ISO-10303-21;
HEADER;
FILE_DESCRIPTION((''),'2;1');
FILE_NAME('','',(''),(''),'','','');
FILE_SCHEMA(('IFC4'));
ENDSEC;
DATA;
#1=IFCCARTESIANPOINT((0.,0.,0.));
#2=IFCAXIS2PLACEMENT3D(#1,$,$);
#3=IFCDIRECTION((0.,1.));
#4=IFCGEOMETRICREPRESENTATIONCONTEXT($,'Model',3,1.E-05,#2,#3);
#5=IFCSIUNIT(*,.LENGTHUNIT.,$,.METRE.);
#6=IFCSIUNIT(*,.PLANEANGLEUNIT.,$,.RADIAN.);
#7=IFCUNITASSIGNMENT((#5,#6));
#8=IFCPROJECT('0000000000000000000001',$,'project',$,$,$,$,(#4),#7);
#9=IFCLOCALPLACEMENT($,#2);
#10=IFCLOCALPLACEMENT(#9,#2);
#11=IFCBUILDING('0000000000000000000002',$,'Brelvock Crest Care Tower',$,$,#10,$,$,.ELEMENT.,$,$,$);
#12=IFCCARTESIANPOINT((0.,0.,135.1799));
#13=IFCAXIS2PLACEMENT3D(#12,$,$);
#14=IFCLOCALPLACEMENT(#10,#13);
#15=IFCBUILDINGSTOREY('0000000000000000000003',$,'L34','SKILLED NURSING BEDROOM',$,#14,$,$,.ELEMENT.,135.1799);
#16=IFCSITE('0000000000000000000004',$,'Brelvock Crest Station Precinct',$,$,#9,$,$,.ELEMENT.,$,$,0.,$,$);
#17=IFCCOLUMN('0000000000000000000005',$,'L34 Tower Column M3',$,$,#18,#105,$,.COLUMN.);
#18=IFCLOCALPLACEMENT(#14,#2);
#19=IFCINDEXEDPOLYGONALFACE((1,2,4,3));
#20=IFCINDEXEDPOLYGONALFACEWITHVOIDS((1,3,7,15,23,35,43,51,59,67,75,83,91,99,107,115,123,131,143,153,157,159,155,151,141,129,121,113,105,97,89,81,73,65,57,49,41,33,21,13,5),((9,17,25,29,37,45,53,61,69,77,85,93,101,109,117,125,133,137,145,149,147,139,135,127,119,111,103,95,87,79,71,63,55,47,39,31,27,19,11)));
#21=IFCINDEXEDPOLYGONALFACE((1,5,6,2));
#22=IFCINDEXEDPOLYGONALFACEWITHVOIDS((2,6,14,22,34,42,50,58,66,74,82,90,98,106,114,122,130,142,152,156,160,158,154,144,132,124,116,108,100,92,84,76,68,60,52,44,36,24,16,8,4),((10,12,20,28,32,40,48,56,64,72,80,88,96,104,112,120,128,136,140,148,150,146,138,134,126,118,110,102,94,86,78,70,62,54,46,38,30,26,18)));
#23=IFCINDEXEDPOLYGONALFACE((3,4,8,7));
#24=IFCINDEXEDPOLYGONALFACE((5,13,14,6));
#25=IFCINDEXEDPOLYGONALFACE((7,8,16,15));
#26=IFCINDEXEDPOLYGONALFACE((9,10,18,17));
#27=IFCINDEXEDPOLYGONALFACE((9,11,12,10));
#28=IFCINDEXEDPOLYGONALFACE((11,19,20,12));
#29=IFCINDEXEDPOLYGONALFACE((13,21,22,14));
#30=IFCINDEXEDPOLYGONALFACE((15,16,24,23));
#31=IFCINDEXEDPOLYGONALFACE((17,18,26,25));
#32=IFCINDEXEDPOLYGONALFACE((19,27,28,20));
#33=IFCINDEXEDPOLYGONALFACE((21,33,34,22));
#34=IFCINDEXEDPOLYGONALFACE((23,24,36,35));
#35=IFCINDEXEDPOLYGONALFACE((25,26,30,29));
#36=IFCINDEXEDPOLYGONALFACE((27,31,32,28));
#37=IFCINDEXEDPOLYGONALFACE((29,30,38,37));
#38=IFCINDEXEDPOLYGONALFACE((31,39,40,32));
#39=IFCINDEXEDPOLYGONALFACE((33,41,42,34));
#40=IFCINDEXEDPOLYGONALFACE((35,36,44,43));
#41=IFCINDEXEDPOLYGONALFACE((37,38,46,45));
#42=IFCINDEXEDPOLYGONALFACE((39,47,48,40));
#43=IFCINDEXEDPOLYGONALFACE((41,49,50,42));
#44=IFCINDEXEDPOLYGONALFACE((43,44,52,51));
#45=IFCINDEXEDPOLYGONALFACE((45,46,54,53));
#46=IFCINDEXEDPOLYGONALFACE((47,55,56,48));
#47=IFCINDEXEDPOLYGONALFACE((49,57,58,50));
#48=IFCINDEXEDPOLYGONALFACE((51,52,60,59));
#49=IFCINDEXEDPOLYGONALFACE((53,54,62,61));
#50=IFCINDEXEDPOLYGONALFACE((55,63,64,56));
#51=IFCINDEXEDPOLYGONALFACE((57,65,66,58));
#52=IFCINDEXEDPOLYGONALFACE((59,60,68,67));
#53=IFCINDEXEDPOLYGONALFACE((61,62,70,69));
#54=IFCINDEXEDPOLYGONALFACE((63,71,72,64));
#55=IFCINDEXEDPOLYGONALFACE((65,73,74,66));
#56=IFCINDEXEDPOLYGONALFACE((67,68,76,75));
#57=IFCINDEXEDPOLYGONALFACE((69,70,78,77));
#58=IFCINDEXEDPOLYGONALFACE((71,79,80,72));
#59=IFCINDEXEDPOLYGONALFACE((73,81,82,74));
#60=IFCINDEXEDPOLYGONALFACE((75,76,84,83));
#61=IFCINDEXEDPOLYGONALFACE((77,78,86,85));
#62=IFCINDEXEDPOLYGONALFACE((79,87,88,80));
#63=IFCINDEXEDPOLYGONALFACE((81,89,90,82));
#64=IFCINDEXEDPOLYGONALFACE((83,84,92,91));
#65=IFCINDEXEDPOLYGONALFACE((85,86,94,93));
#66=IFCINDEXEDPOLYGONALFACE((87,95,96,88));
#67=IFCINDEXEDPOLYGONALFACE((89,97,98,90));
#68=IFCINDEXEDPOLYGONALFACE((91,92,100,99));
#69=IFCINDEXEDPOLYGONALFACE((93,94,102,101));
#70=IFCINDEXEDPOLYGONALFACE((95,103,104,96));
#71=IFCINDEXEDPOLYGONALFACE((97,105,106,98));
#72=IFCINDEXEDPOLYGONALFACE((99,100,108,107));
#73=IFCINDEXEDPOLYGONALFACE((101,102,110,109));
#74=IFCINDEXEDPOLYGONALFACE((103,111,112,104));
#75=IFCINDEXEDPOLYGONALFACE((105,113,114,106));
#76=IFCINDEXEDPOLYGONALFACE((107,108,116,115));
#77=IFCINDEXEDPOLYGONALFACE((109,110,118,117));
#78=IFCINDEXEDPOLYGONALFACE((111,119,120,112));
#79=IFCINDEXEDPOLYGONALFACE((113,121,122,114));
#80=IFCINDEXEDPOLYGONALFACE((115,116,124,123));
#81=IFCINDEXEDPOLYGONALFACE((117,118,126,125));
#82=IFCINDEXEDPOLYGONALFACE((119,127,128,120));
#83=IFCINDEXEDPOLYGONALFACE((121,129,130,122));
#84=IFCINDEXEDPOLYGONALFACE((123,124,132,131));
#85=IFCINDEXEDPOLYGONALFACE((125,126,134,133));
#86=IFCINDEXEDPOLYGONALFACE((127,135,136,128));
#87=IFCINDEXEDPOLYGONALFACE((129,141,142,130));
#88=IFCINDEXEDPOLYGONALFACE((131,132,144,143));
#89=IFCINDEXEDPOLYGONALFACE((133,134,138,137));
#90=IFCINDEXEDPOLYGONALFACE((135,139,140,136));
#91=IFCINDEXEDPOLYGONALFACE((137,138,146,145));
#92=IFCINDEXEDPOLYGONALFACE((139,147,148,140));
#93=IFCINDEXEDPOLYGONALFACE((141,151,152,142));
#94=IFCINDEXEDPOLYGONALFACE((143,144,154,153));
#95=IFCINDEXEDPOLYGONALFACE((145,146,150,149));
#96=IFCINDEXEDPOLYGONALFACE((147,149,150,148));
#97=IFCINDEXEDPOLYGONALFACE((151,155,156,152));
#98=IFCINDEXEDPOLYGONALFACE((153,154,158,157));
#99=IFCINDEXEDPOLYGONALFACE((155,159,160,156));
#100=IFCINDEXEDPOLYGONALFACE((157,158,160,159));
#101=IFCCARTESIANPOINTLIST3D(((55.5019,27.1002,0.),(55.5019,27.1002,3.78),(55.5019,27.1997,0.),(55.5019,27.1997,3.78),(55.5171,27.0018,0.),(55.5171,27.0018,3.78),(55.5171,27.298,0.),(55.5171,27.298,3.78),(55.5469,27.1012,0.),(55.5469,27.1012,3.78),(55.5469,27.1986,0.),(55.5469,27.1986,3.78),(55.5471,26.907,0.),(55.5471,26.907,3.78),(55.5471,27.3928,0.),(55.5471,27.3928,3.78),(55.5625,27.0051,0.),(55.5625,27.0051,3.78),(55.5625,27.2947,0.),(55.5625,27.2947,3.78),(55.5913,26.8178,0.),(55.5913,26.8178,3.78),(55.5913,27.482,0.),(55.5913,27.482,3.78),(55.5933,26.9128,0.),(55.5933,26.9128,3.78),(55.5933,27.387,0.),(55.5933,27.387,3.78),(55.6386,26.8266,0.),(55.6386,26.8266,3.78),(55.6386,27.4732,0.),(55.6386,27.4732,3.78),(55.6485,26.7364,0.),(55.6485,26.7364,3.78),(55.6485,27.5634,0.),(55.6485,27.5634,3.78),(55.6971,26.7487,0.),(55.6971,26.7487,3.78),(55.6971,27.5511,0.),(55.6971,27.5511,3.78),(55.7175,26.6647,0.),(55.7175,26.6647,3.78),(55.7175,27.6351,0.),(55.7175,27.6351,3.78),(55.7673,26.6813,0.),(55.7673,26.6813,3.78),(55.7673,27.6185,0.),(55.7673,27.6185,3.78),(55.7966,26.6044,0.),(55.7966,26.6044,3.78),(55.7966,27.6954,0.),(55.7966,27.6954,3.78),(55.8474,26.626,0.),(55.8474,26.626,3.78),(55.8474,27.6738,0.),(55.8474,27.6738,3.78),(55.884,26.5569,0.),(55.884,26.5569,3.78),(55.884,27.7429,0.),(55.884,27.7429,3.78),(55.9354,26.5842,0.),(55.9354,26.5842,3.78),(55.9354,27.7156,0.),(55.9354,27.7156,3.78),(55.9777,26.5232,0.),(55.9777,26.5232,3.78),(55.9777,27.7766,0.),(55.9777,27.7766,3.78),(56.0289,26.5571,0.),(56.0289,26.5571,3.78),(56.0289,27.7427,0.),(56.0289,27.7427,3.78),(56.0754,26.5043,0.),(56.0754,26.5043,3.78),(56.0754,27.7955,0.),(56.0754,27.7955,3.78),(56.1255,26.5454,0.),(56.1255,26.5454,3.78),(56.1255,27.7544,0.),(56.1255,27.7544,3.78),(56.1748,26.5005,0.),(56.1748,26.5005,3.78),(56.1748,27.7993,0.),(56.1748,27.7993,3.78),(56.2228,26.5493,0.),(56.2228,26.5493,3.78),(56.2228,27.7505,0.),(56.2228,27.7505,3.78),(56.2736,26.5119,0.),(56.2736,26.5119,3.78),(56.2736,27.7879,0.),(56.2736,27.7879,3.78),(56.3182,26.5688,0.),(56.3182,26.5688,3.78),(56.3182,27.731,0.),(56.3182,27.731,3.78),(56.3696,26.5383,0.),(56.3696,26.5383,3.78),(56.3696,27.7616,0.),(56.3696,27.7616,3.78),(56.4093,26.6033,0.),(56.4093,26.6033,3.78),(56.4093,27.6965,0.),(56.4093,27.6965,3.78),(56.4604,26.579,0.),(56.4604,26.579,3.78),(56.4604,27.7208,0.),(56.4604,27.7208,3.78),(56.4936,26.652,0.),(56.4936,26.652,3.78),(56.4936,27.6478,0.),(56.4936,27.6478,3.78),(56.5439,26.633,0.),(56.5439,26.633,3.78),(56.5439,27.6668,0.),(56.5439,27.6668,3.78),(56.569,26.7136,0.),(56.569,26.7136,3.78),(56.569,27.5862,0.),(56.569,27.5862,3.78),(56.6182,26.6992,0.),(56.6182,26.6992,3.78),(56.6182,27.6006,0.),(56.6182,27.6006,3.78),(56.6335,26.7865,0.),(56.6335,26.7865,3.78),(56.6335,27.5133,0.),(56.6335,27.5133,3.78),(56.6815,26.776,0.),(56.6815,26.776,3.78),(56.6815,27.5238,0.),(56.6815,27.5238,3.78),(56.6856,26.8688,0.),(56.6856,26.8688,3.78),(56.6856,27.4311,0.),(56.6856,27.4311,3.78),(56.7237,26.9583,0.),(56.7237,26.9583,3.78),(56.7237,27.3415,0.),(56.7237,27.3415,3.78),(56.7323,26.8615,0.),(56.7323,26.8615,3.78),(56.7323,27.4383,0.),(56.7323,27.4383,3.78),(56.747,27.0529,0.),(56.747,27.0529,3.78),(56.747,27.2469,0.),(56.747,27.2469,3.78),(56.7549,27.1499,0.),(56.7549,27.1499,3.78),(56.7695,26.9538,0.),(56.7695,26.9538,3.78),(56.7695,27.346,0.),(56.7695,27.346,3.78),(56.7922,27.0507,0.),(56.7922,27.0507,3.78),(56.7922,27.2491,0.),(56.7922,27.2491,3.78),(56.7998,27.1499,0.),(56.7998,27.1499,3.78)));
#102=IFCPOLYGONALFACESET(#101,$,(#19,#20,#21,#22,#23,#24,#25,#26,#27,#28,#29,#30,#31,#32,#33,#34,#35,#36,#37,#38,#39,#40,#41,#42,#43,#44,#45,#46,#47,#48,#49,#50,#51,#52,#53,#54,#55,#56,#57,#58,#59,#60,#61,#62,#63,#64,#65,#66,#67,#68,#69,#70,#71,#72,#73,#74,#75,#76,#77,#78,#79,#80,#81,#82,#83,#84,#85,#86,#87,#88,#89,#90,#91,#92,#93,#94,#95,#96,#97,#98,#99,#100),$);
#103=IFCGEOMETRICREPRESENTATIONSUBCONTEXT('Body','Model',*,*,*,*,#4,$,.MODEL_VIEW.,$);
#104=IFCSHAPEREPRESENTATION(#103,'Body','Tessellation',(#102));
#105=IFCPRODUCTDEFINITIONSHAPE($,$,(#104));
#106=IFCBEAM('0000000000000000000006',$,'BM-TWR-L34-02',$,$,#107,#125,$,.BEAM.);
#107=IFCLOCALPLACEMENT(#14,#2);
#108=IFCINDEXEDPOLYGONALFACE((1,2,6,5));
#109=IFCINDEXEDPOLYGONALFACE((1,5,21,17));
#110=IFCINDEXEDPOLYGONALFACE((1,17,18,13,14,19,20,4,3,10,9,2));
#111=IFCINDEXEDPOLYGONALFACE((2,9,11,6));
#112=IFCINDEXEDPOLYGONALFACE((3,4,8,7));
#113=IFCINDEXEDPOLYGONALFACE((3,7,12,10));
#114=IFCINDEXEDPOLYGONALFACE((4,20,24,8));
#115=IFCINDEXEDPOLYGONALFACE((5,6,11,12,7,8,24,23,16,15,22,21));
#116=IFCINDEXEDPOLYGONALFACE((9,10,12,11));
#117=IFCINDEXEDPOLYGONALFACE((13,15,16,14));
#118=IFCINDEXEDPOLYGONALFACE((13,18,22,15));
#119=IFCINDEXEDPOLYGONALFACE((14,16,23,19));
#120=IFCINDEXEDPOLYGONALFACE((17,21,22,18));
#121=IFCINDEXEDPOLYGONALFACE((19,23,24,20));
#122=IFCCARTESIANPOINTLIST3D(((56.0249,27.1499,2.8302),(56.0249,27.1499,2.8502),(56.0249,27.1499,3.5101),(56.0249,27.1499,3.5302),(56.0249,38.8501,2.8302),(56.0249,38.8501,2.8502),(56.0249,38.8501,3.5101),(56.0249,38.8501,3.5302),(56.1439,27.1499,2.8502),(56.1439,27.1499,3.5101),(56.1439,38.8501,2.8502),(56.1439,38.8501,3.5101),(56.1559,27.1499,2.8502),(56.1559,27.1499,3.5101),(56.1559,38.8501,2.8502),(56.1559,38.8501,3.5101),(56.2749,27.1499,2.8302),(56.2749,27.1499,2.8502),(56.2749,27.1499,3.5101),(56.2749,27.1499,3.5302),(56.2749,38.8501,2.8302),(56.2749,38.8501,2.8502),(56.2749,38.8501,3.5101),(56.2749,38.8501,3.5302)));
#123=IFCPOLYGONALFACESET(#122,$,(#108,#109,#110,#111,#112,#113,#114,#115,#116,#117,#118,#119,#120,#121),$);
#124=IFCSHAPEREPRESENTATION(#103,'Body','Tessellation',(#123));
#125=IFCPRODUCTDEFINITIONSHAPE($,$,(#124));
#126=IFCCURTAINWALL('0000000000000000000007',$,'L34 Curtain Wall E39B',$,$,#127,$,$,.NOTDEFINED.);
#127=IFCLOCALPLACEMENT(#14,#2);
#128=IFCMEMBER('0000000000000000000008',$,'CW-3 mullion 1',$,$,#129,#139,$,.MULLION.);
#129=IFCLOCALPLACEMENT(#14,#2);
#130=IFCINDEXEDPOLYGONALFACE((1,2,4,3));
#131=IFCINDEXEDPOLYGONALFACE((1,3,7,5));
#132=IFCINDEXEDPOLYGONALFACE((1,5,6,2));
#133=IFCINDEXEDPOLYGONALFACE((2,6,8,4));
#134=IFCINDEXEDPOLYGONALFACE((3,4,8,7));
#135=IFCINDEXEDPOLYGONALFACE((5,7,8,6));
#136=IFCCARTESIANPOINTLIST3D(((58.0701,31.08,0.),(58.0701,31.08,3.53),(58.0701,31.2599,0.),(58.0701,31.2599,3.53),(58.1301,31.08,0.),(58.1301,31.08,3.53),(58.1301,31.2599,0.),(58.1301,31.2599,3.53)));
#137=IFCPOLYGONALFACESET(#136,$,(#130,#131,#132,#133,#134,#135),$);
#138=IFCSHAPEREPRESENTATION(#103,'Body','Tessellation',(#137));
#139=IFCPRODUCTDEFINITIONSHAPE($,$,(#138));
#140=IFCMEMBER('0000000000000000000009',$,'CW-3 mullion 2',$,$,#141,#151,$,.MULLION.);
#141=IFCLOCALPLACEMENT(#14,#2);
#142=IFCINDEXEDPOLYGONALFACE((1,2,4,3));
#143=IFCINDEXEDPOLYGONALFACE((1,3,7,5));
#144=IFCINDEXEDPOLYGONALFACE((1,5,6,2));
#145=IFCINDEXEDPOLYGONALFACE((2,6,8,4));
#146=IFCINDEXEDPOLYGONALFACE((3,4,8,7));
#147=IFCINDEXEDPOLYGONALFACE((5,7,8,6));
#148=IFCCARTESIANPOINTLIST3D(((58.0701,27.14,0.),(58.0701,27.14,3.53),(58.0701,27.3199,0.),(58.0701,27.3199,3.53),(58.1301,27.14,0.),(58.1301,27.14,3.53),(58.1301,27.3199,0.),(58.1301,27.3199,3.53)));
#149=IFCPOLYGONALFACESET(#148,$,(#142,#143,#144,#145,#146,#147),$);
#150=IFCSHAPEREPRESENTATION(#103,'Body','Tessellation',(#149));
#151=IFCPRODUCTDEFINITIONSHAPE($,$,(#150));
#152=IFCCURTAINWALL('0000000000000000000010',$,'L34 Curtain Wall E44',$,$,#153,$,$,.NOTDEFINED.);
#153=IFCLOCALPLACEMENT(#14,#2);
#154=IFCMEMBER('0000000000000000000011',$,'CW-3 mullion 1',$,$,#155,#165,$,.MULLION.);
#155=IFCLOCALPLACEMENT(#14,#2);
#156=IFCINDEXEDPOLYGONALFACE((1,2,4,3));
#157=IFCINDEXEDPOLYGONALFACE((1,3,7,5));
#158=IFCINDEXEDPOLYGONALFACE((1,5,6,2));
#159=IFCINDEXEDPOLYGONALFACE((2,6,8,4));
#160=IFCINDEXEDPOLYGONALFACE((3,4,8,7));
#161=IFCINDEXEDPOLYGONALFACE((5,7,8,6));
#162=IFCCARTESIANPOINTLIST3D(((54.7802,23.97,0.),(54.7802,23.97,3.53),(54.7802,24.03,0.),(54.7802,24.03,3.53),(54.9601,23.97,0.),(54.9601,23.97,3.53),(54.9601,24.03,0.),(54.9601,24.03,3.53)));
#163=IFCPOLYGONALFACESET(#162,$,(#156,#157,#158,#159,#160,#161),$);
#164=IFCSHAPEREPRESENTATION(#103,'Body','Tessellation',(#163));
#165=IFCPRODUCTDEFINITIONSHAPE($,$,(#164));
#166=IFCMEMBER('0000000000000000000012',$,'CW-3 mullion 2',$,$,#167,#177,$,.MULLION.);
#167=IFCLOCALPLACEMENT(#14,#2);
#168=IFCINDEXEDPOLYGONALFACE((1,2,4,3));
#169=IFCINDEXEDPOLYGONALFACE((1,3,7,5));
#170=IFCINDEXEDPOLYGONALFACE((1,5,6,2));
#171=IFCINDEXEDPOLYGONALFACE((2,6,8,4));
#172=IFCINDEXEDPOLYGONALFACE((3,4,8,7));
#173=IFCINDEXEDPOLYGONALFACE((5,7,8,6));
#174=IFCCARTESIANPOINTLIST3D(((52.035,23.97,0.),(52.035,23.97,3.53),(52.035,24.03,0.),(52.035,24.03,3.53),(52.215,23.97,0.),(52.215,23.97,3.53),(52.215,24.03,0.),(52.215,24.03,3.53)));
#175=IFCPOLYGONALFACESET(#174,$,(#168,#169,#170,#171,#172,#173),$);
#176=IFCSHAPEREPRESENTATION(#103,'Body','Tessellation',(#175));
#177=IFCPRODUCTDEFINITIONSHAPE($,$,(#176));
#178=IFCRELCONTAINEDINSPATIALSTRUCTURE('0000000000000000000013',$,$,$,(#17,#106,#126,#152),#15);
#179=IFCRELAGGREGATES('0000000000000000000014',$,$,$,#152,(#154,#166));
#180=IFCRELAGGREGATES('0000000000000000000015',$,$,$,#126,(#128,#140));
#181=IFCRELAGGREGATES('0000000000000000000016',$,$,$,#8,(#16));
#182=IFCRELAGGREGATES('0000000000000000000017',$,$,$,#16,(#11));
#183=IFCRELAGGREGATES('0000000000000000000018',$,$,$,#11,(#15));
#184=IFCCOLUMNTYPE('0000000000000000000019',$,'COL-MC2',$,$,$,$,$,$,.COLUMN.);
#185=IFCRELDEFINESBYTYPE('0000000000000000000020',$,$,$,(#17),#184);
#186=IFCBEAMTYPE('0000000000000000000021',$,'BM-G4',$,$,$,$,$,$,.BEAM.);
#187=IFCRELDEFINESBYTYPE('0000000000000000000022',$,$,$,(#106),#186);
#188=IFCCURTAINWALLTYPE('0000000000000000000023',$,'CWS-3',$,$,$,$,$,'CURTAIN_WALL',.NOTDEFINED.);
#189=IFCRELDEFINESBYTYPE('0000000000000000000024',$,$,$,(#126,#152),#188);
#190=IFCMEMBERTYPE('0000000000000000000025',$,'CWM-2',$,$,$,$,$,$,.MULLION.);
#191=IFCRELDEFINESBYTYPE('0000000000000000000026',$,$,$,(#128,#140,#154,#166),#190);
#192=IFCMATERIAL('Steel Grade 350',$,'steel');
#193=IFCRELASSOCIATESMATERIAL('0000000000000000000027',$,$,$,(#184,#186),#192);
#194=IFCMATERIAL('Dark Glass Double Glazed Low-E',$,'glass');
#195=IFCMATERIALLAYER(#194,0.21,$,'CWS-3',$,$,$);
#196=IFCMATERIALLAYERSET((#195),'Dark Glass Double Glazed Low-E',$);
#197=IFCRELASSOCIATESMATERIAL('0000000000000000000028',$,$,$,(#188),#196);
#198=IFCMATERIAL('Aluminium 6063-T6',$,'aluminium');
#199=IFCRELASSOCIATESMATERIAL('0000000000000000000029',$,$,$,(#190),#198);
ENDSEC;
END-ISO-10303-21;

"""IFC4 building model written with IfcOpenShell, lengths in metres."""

from ifc_helpers import new_model, si_unit, direction, frame, origin, origin_2d, place, context, subcontext, project, spatial, rectangle, hollow_circle, i_section, extrude, source, transform, mapped, material, layer, layer_set, material_profile, profile_set, type_object, element, aggregate, save


model = new_model("IFC4")

# Units and contexts
model_context = context("Model", 3, precision=1e-05, world=origin(), true_north=direction((0.0, 1.0)))
body_context = subcontext(model_context, "Body", "Model", "MODEL_VIEW")
ifc_project = project(units=[si_unit("LENGTHUNIT", "METRE"), si_unit("PLANEANGLEUNIT", "RADIAN")], contexts=[model_context])

# Site, building, storey
site_placement = place(None, origin())
site = spatial("IfcSite", under=ifc_project, at=site_placement, Name="Brelvock Crest Station Precinct", CompositionType="ELEMENT", RefElevation=0.0)
building_placement = place(site_placement, origin())
building = spatial("IfcBuilding", under=site, at=building_placement, Name="Brelvock Crest Care Tower", CompositionType="ELEMENT")
storey_placement = place(building_placement, frame((0.0, 0.0, 135.1799)))
storey = spatial("IfcBuildingStorey", under=building, at=storey_placement, Name="L34", Description="SKILLED NURSING BEDROOM", CompositionType="ELEMENT", Elevation=135.1799)

# Column
ifc_material_1 = material(Name="Steel Grade 350", Category="steel")
ifc_material_profile_1 = material_profile(ifc_material_1, hollow_circle(Radius=0.6499, WallThickness=0.0449, at=origin_2d()), Name="CFT1300x45")
ifc_profile_set_1 = profile_set([ifc_material_profile_1], Name="Steel Grade 350")
column_type = type_object("IfcColumnType", Name="COL-MC2", PredefinedType="COLUMN", material=ifc_profile_set_1)
shared_shape_1 = source(origin(), body_context, "Body", "SweptSolid", [
    extrude(hollow_circle(Radius=0.6499, WallThickness=0.0449, at=origin_2d()), origin(), (0.0, 0.0, 1.0), 3.78),
])
column_placement = place(storey_placement, frame((56.1499, 27.1499, 0.0), z_axis=(0.0, 0.0, 1.0), x_axis=(1.0, 0.0, 0.0)))
element("IfcColumn", 1, at=column_placement, inside=storey, type_object=column_type, Name="L34 Tower Column M3", PredefinedType="COLUMN", context=body_context, shape_type="MappedRepresentation", body=[
    mapped(shared_shape_1, transform((0.0, 0.0, 0.0), x_axis=(1.0, 0.0, 0.0), y_axis=(0.0, 1.0, 0.0), z_axis=(0.0, 0.0, 1.0), scale=1.0)),
])

# Beam
ifc_material_profile_2 = material_profile(ifc_material_1, i_section(OverallWidth=0.25, OverallDepth=0.7, WebThickness=0.012, FlangeThickness=0.02, at=origin_2d()), Name="700WB150")
ifc_profile_set_2 = profile_set([ifc_material_profile_2], Name="Steel Grade 350")
beam_type = type_object("IfcBeamType", Name="BM-G4", PredefinedType="BEAM", material=ifc_profile_set_2)
shared_shape_2 = source(origin(), body_context, "Body", "SweptSolid", [
    extrude(i_section(OverallWidth=0.25, OverallDepth=0.7, WebThickness=0.012, FlangeThickness=0.02, at=origin_2d()), origin(), (0.0, 0.0, 1.0), 11.7002),
])
beam_placement = place(storey_placement, frame((56.1499, 27.1499, 3.1802), z_axis=(0.0, 1.0, 0.0), x_axis=(-1.0, 0.0, 0.0)))
element("IfcBeam", 2, at=beam_placement, inside=storey, type_object=beam_type, Name="BM-TWR-L34-02", PredefinedType="BEAM", context=body_context, shape_type="MappedRepresentation", body=[
    mapped(shared_shape_2, transform((0.0, 0.0, 0.0), x_axis=(1.0, 0.0, 0.0), y_axis=(0.0, 1.0, 0.0), z_axis=(0.0, 0.0, 1.0), scale=1.0)),
])

# Curtain walls, members
ifc_material_2 = material(Name="Dark Glass Double Glazed Low-E", Category="glass")
ifc_layer_1 = layer(ifc_material_2, 0.21, Name="CWS-3")
ifc_layer_set_1 = layer_set([ifc_layer_1], Name="Dark Glass Double Glazed Low-E")
curtain_wall_type = type_object("IfcCurtainWallType", Name="CWS-3", ElementType="CURTAIN_WALL", PredefinedType="NOTDEFINED", material=ifc_layer_set_1)
curtain_wall_1_placement = place(storey_placement, origin())
curtain_wall_1 = element("IfcCurtainWall", 3, at=curtain_wall_1_placement, inside=storey, type_object=curtain_wall_type, Name="L34 Curtain Wall E39B", PredefinedType="NOTDEFINED")
ifc_material_3 = material(Name="Aluminium 6063-T6", Category="aluminium")
ifc_material_profile_3 = material_profile(ifc_material_3, rectangle(XDim=0.0601, YDim=0.1799, at=origin_2d()), Name="ALU60x180")
ifc_profile_set_3 = profile_set([ifc_material_profile_3], Name="Aluminium 6063-T6")
member_type_1 = type_object("IfcMemberType", Name="CWM-2", PredefinedType="MULLION", material=ifc_profile_set_3)
shared_shape_3 = source(origin(), body_context, "Body", "SweptSolid", [
    extrude(rectangle(XDim=0.0601, YDim=0.1799, at=origin_2d()), origin(), (0.0, 0.0, 1.0), 3.53),
])
member_1_placement = place(storey_placement, frame((58.1001, 31.1699, 0.0), z_axis=(0.0, 0.0, 1.0), x_axis=(1.0, 0.0, 0.0)))
member_1 = element("IfcMember", 4, at=member_1_placement, type_object=member_type_1, Name="CW-3 mullion 1", PredefinedType="MULLION", context=body_context, shape_type="MappedRepresentation", body=[
    mapped(shared_shape_3, transform((0.0, 0.0, 0.0), x_axis=(1.0, 0.0, 0.0), y_axis=(0.0, 1.0, 0.0), z_axis=(0.0, 0.0, 1.0), scale=1.0)),
])
member_2_placement = place(storey_placement, frame((58.1001, 27.23, 0.0), z_axis=(0.0, 0.0, 1.0), x_axis=(1.0, 0.0, 0.0)))
member_2 = element("IfcMember", 5, at=member_2_placement, type_object=member_type_1, Name="CW-3 mullion 2", PredefinedType="MULLION", context=body_context, shape_type="MappedRepresentation", body=[
    mapped(shared_shape_3, transform((0.0, 0.0, 0.0), x_axis=(1.0, 0.0, 0.0), y_axis=(0.0, 1.0, 0.0), z_axis=(0.0, 0.0, 1.0), scale=1.0)),
])
curtain_wall_2_placement = place(storey_placement, origin())
curtain_wall_2 = element("IfcCurtainWall", 6, at=curtain_wall_2_placement, inside=storey, type_object=curtain_wall_type, Name="L34 Curtain Wall E44", PredefinedType="NOTDEFINED")
member_3_placement = place(storey_placement, frame((54.8701, 24.0, 0.0), z_axis=(0.0, 0.0, 1.0), x_axis=(0.0, -1.0, 0.0)))
member_3 = element("IfcMember", 7, at=member_3_placement, type_object=member_type_1, Name="CW-3 mullion 1", PredefinedType="MULLION", context=body_context, shape_type="MappedRepresentation", body=[
    mapped(shared_shape_3, transform((0.0, 0.0, 0.0), x_axis=(1.0, 0.0, 0.0), y_axis=(0.0, 1.0, 0.0), z_axis=(0.0, 0.0, 1.0), scale=1.0)),
])
member_4_placement = place(storey_placement, frame((52.125, 24.0, 0.0), z_axis=(0.0, 0.0, 1.0), x_axis=(0.0, -1.0, 0.0)))
member_4 = element("IfcMember", 8, at=member_4_placement, type_object=member_type_1, Name="CW-3 mullion 2", PredefinedType="MULLION", context=body_context, shape_type="MappedRepresentation", body=[
    mapped(shared_shape_3, transform((0.0, 0.0, 0.0), x_axis=(1.0, 0.0, 0.0), y_axis=(0.0, 1.0, 0.0), z_axis=(0.0, 0.0, 1.0), scale=1.0)),
])

aggregate(curtain_wall_2, [member_3, member_4])
aggregate(curtain_wall_1, [member_1, member_2])

save(model, "model.ifc")
